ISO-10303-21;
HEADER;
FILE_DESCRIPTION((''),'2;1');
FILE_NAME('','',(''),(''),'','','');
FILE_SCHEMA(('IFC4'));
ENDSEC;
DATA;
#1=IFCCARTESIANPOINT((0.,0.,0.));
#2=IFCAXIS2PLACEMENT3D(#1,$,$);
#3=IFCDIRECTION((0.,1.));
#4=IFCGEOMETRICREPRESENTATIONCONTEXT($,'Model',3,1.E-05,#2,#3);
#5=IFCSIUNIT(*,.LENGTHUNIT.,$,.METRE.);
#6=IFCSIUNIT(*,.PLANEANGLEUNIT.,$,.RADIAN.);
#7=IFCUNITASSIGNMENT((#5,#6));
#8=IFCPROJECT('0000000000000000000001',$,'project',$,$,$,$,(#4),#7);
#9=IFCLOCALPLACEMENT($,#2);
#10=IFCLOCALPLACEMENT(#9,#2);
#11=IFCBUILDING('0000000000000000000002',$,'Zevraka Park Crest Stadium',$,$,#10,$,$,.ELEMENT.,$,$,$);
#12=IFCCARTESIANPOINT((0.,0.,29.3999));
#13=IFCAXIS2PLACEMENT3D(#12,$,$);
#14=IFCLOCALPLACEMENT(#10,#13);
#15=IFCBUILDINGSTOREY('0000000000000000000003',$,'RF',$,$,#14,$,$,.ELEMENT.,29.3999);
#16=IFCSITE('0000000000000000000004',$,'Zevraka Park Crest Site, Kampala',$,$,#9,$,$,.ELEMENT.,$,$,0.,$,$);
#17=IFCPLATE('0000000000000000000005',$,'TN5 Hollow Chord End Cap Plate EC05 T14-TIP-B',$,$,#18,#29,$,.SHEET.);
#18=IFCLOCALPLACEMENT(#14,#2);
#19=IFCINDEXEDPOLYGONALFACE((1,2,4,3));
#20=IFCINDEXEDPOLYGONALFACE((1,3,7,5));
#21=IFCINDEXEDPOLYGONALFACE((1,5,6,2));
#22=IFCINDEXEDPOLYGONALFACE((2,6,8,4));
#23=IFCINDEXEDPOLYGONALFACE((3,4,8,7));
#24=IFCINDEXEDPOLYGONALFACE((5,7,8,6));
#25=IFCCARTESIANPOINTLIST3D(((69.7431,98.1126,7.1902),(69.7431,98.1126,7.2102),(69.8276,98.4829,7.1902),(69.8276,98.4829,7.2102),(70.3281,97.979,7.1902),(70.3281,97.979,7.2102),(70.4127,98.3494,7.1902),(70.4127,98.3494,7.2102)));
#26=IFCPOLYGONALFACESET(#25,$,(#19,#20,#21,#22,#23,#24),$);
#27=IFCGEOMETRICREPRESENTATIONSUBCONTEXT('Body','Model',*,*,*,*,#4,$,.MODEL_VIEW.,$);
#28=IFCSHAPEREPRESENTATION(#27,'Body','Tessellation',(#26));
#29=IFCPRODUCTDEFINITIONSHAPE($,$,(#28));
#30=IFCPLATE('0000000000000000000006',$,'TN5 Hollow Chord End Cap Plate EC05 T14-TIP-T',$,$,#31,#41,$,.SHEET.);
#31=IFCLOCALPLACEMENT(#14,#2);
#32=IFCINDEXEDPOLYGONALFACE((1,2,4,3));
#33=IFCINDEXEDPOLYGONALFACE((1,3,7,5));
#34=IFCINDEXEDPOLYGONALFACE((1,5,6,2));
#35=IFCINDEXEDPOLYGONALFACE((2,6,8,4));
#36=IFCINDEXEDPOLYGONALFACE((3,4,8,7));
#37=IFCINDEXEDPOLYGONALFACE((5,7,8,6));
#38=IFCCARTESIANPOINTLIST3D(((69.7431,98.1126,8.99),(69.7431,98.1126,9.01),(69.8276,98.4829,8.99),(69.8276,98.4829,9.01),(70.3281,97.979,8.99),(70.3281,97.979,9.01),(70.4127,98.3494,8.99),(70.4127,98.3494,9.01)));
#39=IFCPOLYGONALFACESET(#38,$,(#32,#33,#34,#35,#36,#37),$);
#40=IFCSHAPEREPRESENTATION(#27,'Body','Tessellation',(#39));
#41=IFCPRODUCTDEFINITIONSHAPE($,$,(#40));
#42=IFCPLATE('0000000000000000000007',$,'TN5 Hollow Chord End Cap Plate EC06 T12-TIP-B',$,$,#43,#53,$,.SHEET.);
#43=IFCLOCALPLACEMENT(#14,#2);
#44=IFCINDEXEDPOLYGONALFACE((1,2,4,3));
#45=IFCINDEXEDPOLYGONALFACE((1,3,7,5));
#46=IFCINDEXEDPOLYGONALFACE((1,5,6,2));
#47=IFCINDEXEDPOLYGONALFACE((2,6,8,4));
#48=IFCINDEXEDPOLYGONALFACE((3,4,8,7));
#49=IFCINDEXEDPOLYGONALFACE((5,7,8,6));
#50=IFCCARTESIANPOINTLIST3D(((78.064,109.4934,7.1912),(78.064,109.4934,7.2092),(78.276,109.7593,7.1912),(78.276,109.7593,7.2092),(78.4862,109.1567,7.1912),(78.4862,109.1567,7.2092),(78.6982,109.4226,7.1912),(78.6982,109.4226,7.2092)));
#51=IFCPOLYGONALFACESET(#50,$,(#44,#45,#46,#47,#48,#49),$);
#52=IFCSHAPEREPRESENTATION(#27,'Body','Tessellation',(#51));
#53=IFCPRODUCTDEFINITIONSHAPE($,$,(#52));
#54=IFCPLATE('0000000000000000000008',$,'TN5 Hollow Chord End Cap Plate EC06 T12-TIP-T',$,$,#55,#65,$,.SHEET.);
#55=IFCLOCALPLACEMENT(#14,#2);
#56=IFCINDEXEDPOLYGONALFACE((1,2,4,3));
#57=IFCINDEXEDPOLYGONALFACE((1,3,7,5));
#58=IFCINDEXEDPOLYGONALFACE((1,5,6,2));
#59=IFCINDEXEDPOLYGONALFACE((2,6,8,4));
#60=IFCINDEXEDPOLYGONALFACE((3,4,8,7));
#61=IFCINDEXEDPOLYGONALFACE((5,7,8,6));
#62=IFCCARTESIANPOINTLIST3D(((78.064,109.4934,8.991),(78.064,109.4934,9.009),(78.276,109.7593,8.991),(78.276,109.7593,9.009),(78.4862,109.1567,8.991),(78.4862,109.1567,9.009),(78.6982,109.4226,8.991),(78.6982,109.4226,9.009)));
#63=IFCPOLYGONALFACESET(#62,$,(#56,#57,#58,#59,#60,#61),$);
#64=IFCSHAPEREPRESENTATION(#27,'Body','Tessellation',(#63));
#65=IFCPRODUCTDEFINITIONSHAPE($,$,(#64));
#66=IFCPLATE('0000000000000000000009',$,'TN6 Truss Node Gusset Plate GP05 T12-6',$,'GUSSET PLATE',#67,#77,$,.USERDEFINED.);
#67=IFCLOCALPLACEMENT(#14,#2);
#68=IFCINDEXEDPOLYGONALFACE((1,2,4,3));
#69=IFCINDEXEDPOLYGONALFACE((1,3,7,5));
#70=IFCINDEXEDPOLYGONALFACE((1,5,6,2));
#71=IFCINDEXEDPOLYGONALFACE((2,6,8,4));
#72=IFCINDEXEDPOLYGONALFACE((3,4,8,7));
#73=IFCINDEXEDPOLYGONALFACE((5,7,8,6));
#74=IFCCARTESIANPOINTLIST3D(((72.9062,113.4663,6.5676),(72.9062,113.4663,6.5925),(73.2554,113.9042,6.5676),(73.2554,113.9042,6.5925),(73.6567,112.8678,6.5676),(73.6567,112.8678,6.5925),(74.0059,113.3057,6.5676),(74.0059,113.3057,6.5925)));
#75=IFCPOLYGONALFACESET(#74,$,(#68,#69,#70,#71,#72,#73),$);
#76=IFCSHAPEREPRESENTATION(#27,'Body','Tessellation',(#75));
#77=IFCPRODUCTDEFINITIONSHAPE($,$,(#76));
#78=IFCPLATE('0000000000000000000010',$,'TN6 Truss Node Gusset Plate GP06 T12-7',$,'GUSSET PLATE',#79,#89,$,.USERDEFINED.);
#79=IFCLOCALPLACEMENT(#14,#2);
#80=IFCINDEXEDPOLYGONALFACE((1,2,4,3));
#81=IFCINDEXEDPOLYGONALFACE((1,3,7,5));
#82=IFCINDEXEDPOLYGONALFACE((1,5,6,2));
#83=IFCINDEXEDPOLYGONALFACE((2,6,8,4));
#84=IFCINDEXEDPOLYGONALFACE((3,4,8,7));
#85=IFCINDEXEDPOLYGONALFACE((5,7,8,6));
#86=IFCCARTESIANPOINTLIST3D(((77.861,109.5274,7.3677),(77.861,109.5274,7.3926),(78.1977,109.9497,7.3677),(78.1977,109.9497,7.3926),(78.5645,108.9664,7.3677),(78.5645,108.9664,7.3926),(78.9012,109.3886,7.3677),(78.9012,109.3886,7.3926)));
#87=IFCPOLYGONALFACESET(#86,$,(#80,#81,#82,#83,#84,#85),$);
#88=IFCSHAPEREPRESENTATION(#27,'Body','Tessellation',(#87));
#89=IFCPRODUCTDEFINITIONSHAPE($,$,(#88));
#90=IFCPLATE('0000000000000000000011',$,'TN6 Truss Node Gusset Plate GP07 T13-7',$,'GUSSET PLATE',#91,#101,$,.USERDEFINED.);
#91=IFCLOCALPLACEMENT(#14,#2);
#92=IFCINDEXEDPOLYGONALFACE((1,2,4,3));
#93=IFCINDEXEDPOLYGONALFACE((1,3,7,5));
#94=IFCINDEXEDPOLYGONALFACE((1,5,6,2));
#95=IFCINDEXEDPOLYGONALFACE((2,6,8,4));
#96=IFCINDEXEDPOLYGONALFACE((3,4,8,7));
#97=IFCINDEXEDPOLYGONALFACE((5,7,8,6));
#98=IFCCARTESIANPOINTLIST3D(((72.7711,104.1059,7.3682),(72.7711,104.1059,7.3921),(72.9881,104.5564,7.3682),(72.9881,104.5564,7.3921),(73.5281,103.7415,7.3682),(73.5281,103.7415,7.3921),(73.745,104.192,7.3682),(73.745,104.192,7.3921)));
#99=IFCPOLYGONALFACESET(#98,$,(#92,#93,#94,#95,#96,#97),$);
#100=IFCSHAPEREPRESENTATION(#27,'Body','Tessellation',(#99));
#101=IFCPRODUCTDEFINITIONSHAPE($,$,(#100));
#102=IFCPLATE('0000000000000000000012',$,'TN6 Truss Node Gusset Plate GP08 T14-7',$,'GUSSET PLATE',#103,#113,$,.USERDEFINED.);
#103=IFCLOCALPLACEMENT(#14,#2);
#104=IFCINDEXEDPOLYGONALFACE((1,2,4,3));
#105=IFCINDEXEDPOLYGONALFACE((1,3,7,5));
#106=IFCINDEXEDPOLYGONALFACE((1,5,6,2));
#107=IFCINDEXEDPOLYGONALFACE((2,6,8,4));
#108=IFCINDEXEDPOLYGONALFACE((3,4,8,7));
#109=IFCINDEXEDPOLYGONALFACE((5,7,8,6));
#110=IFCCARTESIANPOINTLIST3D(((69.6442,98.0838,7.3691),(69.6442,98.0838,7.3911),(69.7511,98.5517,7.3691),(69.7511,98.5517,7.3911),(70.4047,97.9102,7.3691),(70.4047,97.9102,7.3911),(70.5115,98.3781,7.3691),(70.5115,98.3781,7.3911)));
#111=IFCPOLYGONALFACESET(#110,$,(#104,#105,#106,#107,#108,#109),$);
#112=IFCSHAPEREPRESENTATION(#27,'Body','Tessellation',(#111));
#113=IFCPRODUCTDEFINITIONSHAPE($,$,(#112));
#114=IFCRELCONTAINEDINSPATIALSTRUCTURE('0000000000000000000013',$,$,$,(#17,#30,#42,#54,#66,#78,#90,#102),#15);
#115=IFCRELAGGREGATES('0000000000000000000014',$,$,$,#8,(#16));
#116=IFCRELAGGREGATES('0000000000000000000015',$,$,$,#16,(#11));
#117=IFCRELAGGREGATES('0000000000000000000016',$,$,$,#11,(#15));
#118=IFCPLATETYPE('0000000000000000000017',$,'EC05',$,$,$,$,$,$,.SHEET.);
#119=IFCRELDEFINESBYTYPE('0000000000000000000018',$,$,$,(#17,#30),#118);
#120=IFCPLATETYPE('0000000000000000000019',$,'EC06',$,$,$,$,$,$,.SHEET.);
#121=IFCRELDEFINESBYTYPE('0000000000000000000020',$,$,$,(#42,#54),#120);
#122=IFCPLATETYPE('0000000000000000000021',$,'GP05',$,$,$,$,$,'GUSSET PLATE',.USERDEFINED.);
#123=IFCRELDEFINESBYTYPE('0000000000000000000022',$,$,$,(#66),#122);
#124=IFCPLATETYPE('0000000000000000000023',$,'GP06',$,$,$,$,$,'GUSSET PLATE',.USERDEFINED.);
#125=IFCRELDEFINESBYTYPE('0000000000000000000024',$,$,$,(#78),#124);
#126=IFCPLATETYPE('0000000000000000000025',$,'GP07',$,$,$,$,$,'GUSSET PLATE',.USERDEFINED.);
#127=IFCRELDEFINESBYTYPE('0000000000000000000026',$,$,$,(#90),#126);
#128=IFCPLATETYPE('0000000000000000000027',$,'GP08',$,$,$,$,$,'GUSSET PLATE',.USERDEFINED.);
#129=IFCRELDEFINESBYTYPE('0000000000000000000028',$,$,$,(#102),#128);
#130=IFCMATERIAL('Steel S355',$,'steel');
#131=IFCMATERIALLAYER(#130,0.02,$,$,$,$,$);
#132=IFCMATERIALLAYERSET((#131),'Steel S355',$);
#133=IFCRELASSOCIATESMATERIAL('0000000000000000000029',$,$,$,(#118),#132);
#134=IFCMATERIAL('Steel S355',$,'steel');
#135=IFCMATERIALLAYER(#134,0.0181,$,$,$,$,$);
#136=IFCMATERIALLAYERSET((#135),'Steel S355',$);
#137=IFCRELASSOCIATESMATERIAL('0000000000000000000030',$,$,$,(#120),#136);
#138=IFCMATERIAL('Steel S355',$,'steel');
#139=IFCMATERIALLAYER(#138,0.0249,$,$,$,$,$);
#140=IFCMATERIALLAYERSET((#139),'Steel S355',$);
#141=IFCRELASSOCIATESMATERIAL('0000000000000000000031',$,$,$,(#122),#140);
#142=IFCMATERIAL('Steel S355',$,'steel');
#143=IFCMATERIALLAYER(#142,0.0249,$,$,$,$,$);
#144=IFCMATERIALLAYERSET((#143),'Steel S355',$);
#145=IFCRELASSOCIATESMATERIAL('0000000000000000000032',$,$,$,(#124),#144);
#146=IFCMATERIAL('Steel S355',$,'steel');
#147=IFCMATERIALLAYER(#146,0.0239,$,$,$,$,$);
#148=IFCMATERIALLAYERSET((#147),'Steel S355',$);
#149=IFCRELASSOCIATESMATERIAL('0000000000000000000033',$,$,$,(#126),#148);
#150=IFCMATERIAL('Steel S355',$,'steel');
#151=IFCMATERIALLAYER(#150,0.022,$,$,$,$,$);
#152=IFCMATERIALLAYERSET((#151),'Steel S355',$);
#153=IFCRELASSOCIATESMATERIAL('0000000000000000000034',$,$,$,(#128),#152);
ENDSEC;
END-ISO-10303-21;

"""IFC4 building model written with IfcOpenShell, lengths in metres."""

from ifc_helpers import new_model, si_unit, direction, frame, origin, origin_2d, place, context, subcontext, project, spatial, rectangle, extrude, material, layer, layer_set, type_object, element, save


model = new_model("IFC4")

# Units and contexts
model_context = context("Model", 3, precision=1e-05, world=origin(), true_north=direction((0.0, 1.0)))
body_context = subcontext(model_context, "Body", "Model", "MODEL_VIEW")
ifc_project = project(units=[si_unit("LENGTHUNIT", "METRE"), si_unit("PLANEANGLEUNIT", "RADIAN")], contexts=[model_context])

# Site, building, storey
site_placement = place(None, origin())
site = spatial("IfcSite", under=ifc_project, at=site_placement, Name="Zevraka Park Crest Site, Kampala", CompositionType="ELEMENT", RefElevation=0.0)
building_placement = place(site_placement, origin())
building = spatial("IfcBuilding", under=site, at=building_placement, Name="Zevraka Park Crest Stadium", CompositionType="ELEMENT")
storey_placement = place(building_placement, frame((0.0, 0.0, 29.3999)))
storey = spatial("IfcBuildingStorey", under=building, at=storey_placement, Name="RF", CompositionType="ELEMENT", Elevation=29.3999)

# Plates
ifc_material_1 = material(Name="Steel S355", Category="steel")
ifc_layer_1 = layer(ifc_material_1, 0.02)
ifc_layer_set_1 = layer_set([ifc_layer_1], Name="Steel S355")
plate_type_1 = type_object("IfcPlateType", Name="EC05", PredefinedType="SHEET", material=ifc_layer_set_1)
for number, where, z_axis, x_axis, name in (
    (1, (70.0779, 98.231, 7.1902), (0.0, 0.0, 1.0), (-0.974917, 0.22257, 0.0), "TN5 Hollow Chord End Cap Plate EC05 T14-TIP-B"),
    (2, (70.0779, 98.231, 8.99), (0.0, 0.0, 1.0), (-0.974917, 0.22257, 0.0), "TN5 Hollow Chord End Cap Plate EC05 T14-TIP-T"),
):
    element("IfcPlate", number, at=place(storey_placement, frame(where, z_axis=z_axis, x_axis=x_axis)), inside=storey, type_object=plate_type_1, Name=name, PredefinedType="SHEET", context=body_context, shape_type="SweptSolid", body=[
        extrude(rectangle(XDim=0.6001, YDim=0.3799, at=origin_2d()), origin(), (0.0, 0.0, 1.0), 0.02),
    ])
ifc_material_2 = material(Name="Steel S355", Category="steel")
ifc_layer_2 = layer(ifc_material_2, 0.0181)
ifc_layer_set_2 = layer_set([ifc_layer_2], Name="Steel S355")
plate_type_2 = type_object("IfcPlateType", Name="EC06", PredefinedType="SHEET", material=ifc_layer_set_2)
for number, where, z_axis, x_axis, name in (
    (3, (78.3811, 109.458, 7.1912), (0.0, 0.0, 1.0), (-0.781847, 0.62347, 0.0), "TN5 Hollow Chord End Cap Plate EC06 T12-TIP-B"),
    (4, (78.3811, 109.458, 8.991), (0.0, 0.0, 1.0), (-0.781847, 0.62347, 0.0), "TN5 Hollow Chord End Cap Plate EC06 T12-TIP-T"),
):
    element("IfcPlate", number, at=place(storey_placement, frame(where, z_axis=z_axis, x_axis=x_axis)), inside=storey, type_object=plate_type_2, Name=name, PredefinedType="SHEET", context=body_context, shape_type="SweptSolid", body=[
        extrude(rectangle(XDim=0.54, YDim=0.3401, at=origin_2d()), origin(), (0.0, 0.0, 1.0), 0.0181),
    ])
ifc_material_3 = material(Name="Steel S355", Category="steel")
ifc_layer_3 = layer(ifc_material_3, 0.0249)
ifc_layer_set_3 = layer_set([ifc_layer_3], Name="Steel S355")
plate_type_3 = type_object("IfcPlateType", Name="GP05", ElementType="GUSSET PLATE", PredefinedType="USERDEFINED", material=ifc_layer_set_3)
plate_1_placement = place(storey_placement, frame((73.4561, 113.386, 6.5676), z_axis=(0.0, 0.0, 1.0), x_axis=(-0.781847, 0.62347, 0.0)))
element("IfcPlate", 5, at=plate_1_placement, inside=storey, type_object=plate_type_3, Name="TN6 Truss Node Gusset Plate GP05 T12-6", ObjectType="GUSSET PLATE", PredefinedType="USERDEFINED", context=body_context, shape_type="SweptSolid", body=[
    extrude(rectangle(XDim=0.96, YDim=0.5601, at=origin_2d()), origin(), (0.0, 0.0, 1.0), 0.0249),
])
ifc_material_4 = material(Name="Steel S355", Category="steel")
ifc_layer_4 = layer(ifc_material_4, 0.0249)
ifc_layer_set_4 = layer_set([ifc_layer_4], Name="Steel S355")
plate_type_4 = type_object("IfcPlateType", Name="GP06", ElementType="GUSSET PLATE", PredefinedType="USERDEFINED", material=ifc_layer_set_4)
plate_2_placement = place(storey_placement, frame((78.3811, 109.458, 7.3677), z_axis=(0.0, 0.0, 1.0), x_axis=(-0.781847, 0.62347, 0.0)))
element("IfcPlate", 6, at=plate_2_placement, inside=storey, type_object=plate_type_4, Name="TN6 Truss Node Gusset Plate GP06 T12-7", ObjectType="GUSSET PLATE", PredefinedType="USERDEFINED", context=body_context, shape_type="SweptSolid", body=[
    extrude(rectangle(XDim=0.8999, YDim=0.54, at=origin_2d()), origin(), (0.0, 0.0, 1.0), 0.0249),
])
ifc_material_5 = material(Name="Steel S355", Category="steel")
ifc_layer_5 = layer(ifc_material_5, 0.0239)
ifc_layer_set_5 = layer_set([ifc_layer_5], Name="Steel S355")
plate_type_5 = type_object("IfcPlateType", Name="GP07", ElementType="GUSSET PLATE", PredefinedType="USERDEFINED", material=ifc_layer_set_5)
plate_3_placement = place(storey_placement, frame((73.2581, 104.1489, 7.3682), z_axis=(0.0, 0.0, 1.0), x_axis=(-0.901001, 0.433816, 0.0)))
element("IfcPlate", 7, at=plate_3_placement, inside=storey, type_object=plate_type_5, Name="TN6 Truss Node Gusset Plate GP07 T13-7", ObjectType="GUSSET PLATE", PredefinedType="USERDEFINED", context=body_context, shape_type="SweptSolid", body=[
    extrude(rectangle(XDim=0.8401, YDim=0.5, at=origin_2d()), origin(), (0.0, 0.0, 1.0), 0.0239),
])
ifc_material_6 = material(Name="Steel S355", Category="steel")
ifc_layer_6 = layer(ifc_material_6, 0.022)
ifc_layer_set_6 = layer_set([ifc_layer_6], Name="Steel S355")
plate_type_6 = type_object("IfcPlateType", Name="GP08", ElementType="GUSSET PLATE", PredefinedType="USERDEFINED", material=ifc_layer_set_6)
plate_4_placement = place(storey_placement, frame((70.0779, 98.231, 7.3691), z_axis=(0.0, 0.0, 1.0), x_axis=(-0.974917, 0.22257, 0.0)))
element("IfcPlate", 8, at=plate_4_placement, inside=storey, type_object=plate_type_6, Name="TN6 Truss Node Gusset Plate GP08 T14-7", ObjectType="GUSSET PLATE", PredefinedType="USERDEFINED", context=body_context, shape_type="SweptSolid", body=[
    extrude(rectangle(XDim=0.78, YDim=0.48, at=origin_2d()), origin(), (0.0, 0.0, 1.0), 0.022),
])

save(model, "model.ifc")
